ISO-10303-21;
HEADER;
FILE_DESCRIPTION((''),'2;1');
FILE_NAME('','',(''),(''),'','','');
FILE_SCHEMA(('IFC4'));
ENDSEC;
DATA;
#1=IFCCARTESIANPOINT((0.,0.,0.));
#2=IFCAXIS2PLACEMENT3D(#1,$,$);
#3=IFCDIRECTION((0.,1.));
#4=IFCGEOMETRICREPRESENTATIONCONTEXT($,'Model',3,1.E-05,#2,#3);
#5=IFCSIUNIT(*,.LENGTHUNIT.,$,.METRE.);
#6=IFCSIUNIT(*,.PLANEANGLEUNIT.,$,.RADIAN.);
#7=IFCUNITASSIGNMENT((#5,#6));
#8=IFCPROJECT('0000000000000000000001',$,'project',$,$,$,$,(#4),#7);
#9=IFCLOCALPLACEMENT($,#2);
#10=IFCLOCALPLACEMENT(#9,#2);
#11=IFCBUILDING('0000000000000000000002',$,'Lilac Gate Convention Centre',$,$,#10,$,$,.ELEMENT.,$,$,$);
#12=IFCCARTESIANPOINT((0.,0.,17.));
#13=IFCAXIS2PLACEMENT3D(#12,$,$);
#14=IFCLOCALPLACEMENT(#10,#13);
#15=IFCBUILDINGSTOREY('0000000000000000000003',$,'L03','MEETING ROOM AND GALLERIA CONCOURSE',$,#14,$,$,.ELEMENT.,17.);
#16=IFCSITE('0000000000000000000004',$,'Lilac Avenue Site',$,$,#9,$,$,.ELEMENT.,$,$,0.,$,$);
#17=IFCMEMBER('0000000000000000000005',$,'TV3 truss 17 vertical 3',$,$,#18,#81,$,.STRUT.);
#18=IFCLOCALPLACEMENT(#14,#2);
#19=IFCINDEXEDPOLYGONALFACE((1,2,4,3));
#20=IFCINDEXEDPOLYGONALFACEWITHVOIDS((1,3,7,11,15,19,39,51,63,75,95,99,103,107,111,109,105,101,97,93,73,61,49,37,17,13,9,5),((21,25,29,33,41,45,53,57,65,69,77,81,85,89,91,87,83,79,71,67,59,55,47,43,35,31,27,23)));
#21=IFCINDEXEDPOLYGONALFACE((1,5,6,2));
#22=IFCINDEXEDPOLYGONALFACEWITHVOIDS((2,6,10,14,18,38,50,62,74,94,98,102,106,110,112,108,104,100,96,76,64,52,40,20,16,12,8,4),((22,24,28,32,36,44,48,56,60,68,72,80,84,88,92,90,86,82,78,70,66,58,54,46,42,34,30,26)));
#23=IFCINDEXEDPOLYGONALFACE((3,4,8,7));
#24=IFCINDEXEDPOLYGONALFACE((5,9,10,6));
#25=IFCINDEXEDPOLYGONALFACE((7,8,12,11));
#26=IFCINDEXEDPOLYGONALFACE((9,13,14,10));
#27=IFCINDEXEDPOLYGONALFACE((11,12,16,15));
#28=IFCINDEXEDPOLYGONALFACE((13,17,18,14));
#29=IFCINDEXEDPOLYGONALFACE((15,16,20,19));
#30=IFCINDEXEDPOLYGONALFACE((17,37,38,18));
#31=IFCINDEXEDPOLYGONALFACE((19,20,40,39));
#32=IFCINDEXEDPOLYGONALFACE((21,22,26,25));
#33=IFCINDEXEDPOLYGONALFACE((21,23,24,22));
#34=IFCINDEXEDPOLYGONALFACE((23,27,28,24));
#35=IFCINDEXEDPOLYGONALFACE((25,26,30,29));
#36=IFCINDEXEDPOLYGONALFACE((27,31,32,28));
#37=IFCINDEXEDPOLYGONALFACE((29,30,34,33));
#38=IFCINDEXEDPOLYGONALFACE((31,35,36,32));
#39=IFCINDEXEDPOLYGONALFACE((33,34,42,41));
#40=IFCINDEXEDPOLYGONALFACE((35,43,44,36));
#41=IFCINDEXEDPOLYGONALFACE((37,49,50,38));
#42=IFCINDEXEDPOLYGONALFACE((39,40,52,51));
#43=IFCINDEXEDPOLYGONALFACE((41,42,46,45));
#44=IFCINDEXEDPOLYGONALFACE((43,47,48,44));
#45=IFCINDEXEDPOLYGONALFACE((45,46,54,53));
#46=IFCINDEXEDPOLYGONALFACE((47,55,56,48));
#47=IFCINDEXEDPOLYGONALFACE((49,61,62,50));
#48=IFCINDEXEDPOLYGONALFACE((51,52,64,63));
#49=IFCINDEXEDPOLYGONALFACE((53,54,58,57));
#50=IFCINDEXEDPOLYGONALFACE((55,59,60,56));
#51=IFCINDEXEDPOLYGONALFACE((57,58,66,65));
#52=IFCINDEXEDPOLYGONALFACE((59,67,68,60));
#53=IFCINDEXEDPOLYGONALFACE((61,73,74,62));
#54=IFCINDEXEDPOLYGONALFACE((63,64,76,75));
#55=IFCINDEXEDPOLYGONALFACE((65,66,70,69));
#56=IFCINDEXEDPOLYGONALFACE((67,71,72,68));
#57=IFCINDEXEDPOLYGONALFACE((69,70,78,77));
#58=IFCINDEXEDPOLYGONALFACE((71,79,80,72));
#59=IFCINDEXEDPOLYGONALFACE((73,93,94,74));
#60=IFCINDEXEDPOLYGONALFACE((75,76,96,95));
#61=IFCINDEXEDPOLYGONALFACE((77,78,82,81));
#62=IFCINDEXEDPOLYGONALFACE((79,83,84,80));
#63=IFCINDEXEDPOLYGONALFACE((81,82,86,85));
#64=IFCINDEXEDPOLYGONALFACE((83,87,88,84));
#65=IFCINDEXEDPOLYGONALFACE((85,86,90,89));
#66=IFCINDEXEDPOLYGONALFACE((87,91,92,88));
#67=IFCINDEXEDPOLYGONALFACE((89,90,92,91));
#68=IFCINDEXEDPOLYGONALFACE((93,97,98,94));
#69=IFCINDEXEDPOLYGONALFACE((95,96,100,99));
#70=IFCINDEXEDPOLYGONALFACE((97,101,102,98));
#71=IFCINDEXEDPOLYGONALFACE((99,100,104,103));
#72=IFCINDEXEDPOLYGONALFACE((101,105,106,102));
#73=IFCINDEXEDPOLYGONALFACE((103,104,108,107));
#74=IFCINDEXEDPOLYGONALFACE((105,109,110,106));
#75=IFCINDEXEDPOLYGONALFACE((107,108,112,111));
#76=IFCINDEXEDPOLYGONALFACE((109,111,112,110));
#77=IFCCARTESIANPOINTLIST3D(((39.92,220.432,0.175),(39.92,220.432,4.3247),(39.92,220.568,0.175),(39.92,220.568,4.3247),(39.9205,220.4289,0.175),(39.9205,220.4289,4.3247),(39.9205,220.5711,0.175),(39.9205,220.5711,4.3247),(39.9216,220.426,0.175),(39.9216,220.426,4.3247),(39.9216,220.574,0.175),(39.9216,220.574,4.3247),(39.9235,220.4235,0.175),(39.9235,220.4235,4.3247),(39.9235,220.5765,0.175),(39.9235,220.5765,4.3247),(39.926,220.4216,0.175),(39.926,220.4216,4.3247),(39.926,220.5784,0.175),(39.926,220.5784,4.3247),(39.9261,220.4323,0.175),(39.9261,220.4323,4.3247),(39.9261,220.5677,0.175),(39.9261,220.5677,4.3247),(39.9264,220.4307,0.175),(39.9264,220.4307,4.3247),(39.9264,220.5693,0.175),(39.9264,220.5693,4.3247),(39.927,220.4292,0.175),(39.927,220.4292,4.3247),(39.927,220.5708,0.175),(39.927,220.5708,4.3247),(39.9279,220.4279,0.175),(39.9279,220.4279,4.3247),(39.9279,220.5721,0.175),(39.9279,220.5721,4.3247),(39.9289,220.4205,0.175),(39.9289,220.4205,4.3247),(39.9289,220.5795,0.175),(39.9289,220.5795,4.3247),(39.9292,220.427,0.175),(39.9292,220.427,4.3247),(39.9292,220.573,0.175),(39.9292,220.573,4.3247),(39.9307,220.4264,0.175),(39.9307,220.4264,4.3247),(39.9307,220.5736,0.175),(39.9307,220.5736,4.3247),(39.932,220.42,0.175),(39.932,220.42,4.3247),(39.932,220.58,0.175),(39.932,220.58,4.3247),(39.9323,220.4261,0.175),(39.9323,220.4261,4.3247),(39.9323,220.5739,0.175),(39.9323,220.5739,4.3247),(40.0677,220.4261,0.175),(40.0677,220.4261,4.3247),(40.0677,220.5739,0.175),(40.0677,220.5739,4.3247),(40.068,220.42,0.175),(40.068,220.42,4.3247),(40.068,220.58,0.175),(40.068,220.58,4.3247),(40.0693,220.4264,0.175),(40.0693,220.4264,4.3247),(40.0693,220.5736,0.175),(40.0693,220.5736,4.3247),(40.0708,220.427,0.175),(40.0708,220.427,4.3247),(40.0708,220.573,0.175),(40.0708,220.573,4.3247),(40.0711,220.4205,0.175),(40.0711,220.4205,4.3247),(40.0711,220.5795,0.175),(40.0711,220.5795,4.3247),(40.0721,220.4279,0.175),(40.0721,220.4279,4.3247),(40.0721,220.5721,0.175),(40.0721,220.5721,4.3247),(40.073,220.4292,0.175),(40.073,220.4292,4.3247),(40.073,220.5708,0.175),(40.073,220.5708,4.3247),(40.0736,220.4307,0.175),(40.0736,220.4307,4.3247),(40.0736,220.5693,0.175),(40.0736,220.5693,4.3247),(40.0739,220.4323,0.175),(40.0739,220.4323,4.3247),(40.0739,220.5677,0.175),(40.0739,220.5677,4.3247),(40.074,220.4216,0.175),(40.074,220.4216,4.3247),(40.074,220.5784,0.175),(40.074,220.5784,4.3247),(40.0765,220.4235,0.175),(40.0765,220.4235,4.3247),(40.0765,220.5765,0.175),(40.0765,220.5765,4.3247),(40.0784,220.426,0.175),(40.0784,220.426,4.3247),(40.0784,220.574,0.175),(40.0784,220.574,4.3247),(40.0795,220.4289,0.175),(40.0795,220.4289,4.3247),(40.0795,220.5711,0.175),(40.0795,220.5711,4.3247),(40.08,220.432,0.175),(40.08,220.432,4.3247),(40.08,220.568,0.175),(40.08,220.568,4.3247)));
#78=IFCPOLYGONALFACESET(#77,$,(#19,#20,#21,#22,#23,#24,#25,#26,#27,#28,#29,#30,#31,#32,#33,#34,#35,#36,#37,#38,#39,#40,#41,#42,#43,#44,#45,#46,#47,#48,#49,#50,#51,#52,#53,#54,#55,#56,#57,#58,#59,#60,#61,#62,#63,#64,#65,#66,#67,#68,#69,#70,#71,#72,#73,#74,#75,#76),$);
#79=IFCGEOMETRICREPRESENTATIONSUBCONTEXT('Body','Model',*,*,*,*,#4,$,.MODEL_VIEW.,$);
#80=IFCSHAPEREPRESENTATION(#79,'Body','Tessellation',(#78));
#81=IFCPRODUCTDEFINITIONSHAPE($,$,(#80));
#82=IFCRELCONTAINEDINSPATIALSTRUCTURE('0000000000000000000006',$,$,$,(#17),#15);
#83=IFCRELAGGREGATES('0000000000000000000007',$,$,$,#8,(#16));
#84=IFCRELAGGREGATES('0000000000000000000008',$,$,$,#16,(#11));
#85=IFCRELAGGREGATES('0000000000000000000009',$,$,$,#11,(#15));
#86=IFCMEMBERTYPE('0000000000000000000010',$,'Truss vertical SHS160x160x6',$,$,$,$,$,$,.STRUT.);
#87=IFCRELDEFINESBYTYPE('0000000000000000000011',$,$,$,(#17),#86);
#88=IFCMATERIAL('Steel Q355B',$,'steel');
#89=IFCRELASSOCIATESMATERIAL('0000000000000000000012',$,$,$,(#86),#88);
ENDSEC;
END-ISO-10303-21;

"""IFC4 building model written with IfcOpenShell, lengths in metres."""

from ifc_helpers import new_model, si_unit, direction, frame, origin, origin_2d, place, context, subcontext, project, spatial, hollow_rectangle, extrude, material, material_profile, profile_set, type_object, element, save


model = new_model("IFC4")

# Units and contexts
model_context = context("Model", 3, precision=1e-05, world=origin(), true_north=direction((0.0, 1.0)))
body_context = subcontext(model_context, "Body", "Model", "MODEL_VIEW")
ifc_project = project(units=[si_unit("LENGTHUNIT", "METRE"), si_unit("PLANEANGLEUNIT", "RADIAN")], contexts=[model_context])

# Site, building, storey
site_placement = place(None, origin())
site = spatial("IfcSite", under=ifc_project, at=site_placement, Name="Lilac Avenue Site", CompositionType="ELEMENT", RefElevation=0.0)
building_placement = place(site_placement, origin())
building = spatial("IfcBuilding", under=site, at=building_placement, Name="Lilac Gate Convention Centre", CompositionType="ELEMENT")
storey_placement = place(building_placement, frame((0.0, 0.0, 17.0)))
storey = spatial("IfcBuildingStorey", under=building, at=storey_placement, Name="L03", Description="MEETING ROOM AND GALLERIA CONCOURSE", CompositionType="ELEMENT", Elevation=17.0)

# Member
ifc_material = material(Name="Steel Q355B", Category="steel")
ifc_material_profile_1 = material_profile(ifc_material, hollow_rectangle(XDim=0.1599, YDim=0.1599, WallThickness=0.0061, InnerFilletRadius=0.0061, OuterFilletRadius=0.012, at=origin_2d()), Name="SHS160x160x6")
ifc_profile_set_1 = profile_set([ifc_material_profile_1], Name="Steel Q355B")
member_type_1 = type_object("IfcMemberType", Name="Truss vertical SHS160x160x6", PredefinedType="STRUT", material=ifc_profile_set_1)
member_1_placement = place(storey_placement, frame((40.0, 220.5, 0.175), z_axis=(0.0, 0.0, 1.0), x_axis=(1.0, 0.0, 0.0)))
element("IfcMember", 1, at=member_1_placement, inside=storey, type_object=member_type_1, Name="TV3 truss 17 vertical 3", PredefinedType="STRUT", context=body_context, shape_type="SweptSolid", body=[
    extrude(hollow_rectangle(XDim=0.1599, YDim=0.1599, WallThickness=0.0061, InnerFilletRadius=0.0061, OuterFilletRadius=0.012, at=origin_2d()), origin(), (0.0, 0.0, 1.0), 4.1497),
])

save(model, "model.ifc")
